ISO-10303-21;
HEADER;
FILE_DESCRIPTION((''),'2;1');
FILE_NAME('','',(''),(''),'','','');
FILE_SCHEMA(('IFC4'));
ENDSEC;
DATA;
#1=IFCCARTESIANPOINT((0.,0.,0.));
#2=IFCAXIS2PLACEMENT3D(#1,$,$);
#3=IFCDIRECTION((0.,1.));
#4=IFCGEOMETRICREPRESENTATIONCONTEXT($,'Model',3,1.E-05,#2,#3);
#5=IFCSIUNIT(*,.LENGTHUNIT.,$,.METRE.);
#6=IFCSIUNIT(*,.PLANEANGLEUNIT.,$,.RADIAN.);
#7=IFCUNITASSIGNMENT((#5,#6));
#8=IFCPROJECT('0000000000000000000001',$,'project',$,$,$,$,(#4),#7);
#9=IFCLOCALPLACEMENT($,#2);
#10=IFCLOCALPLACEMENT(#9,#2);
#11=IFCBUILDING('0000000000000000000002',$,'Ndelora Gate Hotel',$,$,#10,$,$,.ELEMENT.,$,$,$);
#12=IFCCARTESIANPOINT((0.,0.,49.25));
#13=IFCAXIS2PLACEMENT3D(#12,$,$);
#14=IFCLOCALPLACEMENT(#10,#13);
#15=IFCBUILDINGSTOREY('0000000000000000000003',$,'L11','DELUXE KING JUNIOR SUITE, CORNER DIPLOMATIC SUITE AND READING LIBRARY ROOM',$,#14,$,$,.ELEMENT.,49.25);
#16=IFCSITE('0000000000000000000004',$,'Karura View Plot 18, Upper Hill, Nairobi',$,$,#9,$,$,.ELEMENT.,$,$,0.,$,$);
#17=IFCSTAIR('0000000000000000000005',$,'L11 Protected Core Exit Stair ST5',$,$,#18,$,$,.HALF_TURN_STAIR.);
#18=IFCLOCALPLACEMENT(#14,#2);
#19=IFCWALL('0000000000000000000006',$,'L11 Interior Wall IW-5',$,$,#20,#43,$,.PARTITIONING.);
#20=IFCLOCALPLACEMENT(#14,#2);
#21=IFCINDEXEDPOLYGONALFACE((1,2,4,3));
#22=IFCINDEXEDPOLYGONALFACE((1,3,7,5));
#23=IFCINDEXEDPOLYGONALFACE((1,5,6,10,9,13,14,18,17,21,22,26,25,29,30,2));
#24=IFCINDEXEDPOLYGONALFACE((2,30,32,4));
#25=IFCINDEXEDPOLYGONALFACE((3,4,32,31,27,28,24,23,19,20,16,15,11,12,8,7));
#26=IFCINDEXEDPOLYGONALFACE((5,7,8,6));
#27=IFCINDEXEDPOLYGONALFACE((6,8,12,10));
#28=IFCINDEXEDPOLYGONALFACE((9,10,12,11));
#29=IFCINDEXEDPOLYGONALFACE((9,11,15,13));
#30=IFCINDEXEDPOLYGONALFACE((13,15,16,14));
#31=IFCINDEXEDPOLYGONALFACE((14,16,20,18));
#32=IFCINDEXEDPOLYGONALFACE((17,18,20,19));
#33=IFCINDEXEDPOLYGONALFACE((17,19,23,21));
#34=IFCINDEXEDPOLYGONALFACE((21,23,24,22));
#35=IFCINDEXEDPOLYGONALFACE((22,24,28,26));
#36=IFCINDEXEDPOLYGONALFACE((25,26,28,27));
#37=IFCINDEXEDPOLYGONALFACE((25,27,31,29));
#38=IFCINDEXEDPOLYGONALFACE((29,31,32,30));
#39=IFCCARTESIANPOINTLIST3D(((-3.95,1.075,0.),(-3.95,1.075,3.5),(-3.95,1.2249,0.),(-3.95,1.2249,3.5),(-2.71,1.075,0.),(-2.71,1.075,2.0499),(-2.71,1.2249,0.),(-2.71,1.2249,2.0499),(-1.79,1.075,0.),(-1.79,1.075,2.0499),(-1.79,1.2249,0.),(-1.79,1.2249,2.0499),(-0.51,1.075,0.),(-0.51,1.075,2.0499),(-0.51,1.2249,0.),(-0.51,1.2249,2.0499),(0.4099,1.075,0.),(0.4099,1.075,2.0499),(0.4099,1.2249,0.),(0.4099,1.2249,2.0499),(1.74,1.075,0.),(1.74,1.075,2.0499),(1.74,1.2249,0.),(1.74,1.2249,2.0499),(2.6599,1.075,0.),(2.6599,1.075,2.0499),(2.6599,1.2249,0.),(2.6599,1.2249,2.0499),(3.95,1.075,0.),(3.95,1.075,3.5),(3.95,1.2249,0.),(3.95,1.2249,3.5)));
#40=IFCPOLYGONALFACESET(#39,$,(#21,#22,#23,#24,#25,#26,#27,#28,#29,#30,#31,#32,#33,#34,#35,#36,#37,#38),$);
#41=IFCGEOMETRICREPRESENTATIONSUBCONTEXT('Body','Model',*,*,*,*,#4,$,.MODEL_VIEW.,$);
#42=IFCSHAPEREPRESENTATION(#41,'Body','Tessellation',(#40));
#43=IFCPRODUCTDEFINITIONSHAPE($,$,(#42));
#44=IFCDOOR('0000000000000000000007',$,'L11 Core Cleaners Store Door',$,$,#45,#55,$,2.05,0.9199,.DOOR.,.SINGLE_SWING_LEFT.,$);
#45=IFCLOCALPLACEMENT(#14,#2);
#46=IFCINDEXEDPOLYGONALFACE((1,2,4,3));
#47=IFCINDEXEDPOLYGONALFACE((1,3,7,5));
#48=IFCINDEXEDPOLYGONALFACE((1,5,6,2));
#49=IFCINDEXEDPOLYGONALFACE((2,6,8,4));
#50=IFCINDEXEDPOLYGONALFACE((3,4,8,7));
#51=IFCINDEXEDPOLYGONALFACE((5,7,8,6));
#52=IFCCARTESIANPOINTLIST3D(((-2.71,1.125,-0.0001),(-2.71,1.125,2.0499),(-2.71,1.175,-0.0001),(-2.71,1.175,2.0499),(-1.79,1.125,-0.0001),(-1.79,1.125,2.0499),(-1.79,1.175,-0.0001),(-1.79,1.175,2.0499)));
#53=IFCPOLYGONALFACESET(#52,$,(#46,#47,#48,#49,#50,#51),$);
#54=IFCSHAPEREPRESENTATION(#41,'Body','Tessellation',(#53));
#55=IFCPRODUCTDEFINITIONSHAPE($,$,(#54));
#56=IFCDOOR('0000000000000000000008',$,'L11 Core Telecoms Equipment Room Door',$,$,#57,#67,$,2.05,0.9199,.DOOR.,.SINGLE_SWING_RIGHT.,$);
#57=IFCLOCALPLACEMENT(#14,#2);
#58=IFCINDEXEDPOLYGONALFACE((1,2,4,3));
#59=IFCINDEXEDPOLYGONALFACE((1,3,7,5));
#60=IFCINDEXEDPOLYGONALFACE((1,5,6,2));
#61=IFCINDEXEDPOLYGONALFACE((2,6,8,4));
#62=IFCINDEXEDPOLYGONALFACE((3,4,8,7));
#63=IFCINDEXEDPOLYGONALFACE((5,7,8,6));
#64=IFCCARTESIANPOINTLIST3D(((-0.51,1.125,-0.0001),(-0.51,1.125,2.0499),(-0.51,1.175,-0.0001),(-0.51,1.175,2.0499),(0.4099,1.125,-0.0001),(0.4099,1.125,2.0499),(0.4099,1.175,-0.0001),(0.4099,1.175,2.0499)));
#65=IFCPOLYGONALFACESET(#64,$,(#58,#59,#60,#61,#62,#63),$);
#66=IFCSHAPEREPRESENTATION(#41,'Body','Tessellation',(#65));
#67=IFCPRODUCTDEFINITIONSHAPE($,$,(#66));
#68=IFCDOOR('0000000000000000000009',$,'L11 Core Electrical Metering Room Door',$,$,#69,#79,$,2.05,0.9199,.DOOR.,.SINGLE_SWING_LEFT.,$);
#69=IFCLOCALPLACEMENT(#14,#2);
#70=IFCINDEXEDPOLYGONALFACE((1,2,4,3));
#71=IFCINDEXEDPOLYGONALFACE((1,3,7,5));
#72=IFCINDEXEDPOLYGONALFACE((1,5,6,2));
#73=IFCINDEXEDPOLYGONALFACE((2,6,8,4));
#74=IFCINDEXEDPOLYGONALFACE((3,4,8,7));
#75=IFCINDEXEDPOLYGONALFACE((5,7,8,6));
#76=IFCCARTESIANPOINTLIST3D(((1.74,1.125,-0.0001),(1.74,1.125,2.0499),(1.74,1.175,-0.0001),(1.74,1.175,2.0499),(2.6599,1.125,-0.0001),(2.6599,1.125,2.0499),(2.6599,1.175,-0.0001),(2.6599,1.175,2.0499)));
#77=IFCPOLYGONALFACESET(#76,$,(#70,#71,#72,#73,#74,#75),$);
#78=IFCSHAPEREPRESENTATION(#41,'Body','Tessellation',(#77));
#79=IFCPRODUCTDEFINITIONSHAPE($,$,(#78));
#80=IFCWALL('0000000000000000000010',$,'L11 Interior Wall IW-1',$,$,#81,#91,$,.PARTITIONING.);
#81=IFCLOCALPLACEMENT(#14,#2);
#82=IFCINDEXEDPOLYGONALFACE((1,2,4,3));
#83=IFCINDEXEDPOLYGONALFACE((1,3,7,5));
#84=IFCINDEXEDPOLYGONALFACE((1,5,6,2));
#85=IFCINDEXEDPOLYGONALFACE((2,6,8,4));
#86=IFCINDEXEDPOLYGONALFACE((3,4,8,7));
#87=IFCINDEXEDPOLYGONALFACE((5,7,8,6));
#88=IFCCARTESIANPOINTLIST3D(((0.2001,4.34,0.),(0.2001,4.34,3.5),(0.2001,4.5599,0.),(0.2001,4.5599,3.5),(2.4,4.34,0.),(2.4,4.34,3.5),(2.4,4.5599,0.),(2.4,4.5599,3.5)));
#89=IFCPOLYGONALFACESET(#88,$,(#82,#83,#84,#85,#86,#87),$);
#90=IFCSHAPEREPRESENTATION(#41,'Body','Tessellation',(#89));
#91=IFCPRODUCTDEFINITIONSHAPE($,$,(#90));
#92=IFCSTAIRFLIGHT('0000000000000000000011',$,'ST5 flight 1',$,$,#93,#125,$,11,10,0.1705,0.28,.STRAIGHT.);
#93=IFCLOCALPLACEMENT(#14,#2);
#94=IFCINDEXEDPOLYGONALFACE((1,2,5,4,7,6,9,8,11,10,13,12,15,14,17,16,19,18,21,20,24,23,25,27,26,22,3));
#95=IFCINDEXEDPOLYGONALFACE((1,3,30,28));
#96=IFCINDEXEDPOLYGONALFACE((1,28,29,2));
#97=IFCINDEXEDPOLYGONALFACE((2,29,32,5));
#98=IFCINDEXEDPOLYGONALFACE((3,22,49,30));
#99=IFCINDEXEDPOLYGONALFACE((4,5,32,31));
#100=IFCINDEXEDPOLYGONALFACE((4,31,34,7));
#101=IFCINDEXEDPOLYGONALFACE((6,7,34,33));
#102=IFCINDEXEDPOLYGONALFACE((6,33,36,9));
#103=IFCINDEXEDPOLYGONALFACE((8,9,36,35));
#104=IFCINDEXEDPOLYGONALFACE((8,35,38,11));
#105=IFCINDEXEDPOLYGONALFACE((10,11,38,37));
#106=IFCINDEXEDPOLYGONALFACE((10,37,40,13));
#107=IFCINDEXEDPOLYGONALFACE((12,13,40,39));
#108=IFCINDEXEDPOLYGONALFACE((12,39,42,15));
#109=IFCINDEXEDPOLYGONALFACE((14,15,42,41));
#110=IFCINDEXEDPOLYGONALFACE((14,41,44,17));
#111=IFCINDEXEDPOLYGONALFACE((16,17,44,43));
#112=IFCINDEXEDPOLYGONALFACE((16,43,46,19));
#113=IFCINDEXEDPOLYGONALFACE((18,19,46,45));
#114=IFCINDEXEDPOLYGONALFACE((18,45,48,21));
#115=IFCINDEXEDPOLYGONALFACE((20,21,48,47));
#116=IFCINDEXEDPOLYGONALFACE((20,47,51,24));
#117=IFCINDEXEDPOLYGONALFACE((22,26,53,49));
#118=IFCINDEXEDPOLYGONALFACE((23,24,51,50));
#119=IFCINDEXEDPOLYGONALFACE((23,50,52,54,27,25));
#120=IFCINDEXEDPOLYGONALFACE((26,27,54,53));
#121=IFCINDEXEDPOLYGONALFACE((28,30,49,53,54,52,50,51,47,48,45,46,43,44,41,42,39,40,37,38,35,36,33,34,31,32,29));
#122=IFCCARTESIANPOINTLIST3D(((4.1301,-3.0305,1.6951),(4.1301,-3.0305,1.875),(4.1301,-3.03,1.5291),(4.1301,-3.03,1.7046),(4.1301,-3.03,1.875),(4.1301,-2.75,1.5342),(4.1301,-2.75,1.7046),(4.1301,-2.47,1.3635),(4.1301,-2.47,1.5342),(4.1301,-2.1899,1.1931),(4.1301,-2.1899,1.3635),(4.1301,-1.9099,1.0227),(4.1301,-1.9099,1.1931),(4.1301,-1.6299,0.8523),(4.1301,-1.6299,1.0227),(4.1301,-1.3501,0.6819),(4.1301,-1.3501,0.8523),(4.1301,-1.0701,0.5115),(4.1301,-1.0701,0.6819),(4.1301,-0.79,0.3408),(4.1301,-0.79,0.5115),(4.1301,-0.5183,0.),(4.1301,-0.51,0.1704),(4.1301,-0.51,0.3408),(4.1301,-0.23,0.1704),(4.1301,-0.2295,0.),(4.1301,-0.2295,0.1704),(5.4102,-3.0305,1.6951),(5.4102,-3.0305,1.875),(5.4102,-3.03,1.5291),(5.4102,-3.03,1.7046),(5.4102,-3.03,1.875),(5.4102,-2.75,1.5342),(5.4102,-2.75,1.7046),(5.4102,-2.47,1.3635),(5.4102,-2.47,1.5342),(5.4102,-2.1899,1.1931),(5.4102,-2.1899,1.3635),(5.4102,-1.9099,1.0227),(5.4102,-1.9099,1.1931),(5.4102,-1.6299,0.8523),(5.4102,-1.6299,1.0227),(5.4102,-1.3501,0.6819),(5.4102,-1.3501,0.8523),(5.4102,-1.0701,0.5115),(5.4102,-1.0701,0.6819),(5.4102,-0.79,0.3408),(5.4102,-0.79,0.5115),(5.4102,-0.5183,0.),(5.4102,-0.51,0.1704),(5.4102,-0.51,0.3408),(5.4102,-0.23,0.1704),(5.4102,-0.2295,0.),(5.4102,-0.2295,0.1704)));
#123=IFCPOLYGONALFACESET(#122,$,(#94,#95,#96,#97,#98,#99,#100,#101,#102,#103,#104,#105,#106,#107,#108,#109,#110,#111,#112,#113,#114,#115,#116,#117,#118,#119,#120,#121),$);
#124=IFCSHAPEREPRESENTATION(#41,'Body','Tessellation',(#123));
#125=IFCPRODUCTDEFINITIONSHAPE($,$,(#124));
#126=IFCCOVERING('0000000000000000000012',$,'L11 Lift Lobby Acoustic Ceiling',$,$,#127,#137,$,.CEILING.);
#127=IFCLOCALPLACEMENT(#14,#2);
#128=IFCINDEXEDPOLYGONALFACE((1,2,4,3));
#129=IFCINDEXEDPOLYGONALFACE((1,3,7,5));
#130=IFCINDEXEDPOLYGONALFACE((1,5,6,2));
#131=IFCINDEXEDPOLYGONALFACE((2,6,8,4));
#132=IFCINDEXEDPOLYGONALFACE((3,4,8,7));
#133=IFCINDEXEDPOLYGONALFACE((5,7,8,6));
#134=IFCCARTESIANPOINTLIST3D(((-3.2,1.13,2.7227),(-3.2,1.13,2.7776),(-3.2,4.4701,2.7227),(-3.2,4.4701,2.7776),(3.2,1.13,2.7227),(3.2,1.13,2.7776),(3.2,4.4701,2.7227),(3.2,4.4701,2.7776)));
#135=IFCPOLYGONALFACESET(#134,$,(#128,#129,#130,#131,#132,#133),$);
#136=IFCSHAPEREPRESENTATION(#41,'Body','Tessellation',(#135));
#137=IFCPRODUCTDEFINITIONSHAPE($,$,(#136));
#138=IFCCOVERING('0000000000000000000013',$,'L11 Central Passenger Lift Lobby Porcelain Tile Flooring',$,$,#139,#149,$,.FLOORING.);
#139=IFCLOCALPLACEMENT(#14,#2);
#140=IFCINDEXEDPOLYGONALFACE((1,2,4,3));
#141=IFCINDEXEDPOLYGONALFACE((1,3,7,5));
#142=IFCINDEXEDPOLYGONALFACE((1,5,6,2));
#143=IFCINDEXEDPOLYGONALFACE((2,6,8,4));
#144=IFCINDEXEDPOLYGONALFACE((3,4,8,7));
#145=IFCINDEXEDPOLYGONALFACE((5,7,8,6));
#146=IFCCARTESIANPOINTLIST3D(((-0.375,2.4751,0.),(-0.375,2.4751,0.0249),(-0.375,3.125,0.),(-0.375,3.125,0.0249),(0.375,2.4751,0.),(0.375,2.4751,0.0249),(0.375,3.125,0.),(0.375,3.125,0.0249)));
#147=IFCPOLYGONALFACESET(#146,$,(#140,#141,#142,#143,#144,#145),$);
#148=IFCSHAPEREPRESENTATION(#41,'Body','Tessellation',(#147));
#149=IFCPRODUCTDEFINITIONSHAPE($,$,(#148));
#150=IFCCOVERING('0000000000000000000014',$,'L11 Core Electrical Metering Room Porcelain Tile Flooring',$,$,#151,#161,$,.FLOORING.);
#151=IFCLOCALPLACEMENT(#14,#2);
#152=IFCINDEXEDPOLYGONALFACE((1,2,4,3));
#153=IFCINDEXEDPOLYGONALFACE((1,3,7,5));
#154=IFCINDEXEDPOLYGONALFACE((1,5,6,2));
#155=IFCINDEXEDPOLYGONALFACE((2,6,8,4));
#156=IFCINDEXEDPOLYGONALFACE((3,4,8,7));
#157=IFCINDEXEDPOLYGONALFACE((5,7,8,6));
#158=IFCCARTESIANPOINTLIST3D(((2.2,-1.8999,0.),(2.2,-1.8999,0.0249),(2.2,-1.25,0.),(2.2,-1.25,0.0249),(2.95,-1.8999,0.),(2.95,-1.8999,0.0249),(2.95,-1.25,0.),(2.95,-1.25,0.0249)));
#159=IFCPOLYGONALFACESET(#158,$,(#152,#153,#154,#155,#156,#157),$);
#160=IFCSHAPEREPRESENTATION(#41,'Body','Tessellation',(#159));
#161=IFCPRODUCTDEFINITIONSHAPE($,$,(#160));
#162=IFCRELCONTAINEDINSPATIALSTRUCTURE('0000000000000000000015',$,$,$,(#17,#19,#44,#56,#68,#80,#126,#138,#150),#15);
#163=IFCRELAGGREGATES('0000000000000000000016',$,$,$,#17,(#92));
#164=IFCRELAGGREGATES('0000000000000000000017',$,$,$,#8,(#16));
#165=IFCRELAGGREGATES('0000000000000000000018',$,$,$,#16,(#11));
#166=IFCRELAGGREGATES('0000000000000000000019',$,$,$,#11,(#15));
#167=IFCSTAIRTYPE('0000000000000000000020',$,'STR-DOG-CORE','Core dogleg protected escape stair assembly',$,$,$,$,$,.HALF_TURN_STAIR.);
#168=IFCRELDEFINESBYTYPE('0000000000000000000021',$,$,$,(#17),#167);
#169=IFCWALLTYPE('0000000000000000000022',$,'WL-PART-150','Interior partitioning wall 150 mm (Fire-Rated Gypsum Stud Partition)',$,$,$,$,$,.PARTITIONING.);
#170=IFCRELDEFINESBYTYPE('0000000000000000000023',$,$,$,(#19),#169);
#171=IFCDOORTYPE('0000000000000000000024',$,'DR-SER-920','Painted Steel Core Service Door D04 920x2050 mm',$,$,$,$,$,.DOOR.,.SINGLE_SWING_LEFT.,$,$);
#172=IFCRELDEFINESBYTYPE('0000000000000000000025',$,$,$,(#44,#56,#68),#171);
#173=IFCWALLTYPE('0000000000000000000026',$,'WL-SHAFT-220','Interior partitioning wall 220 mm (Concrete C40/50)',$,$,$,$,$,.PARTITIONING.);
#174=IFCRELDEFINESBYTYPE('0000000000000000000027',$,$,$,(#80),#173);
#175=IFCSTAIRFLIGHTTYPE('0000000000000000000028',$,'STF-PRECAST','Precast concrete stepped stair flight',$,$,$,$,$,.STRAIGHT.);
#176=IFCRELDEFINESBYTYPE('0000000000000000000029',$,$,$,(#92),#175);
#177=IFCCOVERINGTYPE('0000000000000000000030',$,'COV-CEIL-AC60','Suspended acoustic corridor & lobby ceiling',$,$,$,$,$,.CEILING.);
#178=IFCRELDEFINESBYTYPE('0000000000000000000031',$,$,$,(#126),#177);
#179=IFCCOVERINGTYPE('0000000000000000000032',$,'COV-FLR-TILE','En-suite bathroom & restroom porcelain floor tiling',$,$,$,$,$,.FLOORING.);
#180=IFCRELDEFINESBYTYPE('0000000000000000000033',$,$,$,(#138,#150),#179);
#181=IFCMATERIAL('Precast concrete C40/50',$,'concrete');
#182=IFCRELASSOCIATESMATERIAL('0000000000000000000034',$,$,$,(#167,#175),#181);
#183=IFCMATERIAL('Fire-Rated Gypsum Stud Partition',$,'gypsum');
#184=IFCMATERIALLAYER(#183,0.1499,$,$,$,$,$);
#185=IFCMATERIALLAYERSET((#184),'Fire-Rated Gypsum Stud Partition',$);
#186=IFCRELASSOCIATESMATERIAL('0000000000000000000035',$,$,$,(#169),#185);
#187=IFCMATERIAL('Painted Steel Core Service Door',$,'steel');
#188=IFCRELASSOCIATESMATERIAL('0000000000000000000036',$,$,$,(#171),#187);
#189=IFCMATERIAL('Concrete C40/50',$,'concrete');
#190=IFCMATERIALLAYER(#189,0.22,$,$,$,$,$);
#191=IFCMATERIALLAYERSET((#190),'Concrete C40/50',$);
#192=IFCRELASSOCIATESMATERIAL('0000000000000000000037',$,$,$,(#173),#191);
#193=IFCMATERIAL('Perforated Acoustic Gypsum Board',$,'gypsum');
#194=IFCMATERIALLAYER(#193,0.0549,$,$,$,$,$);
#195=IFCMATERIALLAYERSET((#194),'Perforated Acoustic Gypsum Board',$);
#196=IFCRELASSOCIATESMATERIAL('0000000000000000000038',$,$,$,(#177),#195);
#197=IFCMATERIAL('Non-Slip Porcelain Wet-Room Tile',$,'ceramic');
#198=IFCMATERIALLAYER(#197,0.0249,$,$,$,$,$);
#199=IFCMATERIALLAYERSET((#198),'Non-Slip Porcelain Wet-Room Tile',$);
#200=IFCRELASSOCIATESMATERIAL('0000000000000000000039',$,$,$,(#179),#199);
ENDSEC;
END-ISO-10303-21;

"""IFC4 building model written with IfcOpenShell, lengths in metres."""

from ifc_helpers import new_model, si_unit, direction, frame, frame_2d, origin, origin_2d, place, context, subcontext, project, spatial, polyline, rectangle, outline, extrude, material, layer, layer_set, type_object, element, fill, aggregate, save


model = new_model("IFC4")

# Units and contexts
model_context = context("Model", 3, precision=1e-05, world=origin(), true_north=direction((0.0, 1.0)))
body_context = subcontext(model_context, "Body", "Model", "MODEL_VIEW")
ifc_project = project(units=[si_unit("LENGTHUNIT", "METRE"), si_unit("PLANEANGLEUNIT", "RADIAN")], contexts=[model_context])

# Site, building, storey
site_placement = place(None, origin())
site = spatial("IfcSite", under=ifc_project, at=site_placement, Name="Karura View Plot 18, Upper Hill, Nairobi", CompositionType="ELEMENT", RefElevation=0.0)
building_placement = place(site_placement, origin())
building = spatial("IfcBuilding", under=site, at=building_placement, Name="Ndelora Gate Hotel", CompositionType="ELEMENT")
storey_placement = place(building_placement, frame((0.0, 0.0, 49.25)))
storey = spatial("IfcBuildingStorey", under=building, at=storey_placement, Name="L11", Description="DELUXE KING JUNIOR SUITE, CORNER DIPLOMATIC SUITE AND READING LIBRARY ROOM", CompositionType="ELEMENT", Elevation=49.25)

# Stair
ifc_material_1 = material(Name="Precast concrete C40/50", Category="concrete")
stair_type = type_object("IfcStairType", Name="STR-DOG-CORE", Description="Core dogleg protected escape stair assembly", PredefinedType="HALF_TURN_STAIR", material=ifc_material_1)
stair_1_placement = place(storey_placement, origin())
stair_1 = element("IfcStair", 1, at=stair_1_placement, inside=storey, type_object=stair_type, Name="L11 Protected Core Exit Stair ST5", PredefinedType="HALF_TURN_STAIR")

# Shared definitions
ifc_material_2 = material(Name="Concrete C40/50", Category="concrete")

# Wall, openings, doors
ifc_material_3 = material(Name="Fire-Rated Gypsum Stud Partition", Category="gypsum")
ifc_layer_1 = layer(ifc_material_3, 0.1499)
ifc_layer_set_1 = layer_set([ifc_layer_1], Name="Fire-Rated Gypsum Stud Partition")
wall_type_1 = type_object("IfcWallType", Name="WL-PART-150", Description="Interior partitioning wall 150 mm (Fire-Rated Gypsum Stud Partition)", PredefinedType="PARTITIONING", material=ifc_layer_set_1)
wall_1_placement = place(storey_placement, frame((3.95, 1.1499, 0.0), z_axis=(0.0, 0.0, 1.0), x_axis=(-1.0, 0.0, 0.0)))
wall_1 = element("IfcWall", 2, at=wall_1_placement, inside=storey, type_object=wall_type_1, Name="L11 Interior Wall IW-5", PredefinedType="PARTITIONING", context=body_context, shape_type="SweptSolid", body=[
    extrude(rectangle(XDim=7.8999, YDim=0.1499, at=frame_2d((3.95, 0.0))), origin(), (0.0, 0.0, 1.0), 3.5),
])
opening_1_placement = place(wall_1_placement, frame((5.74, 0.0, 0.0)))
opening_1 = element("IfcOpeningElement", 3, at=opening_1_placement, cuts=wall_1, PredefinedType="OPENING", context=body_context, shape_type="SweptSolid", body=[
    extrude(rectangle(XDim=0.9199, YDim=2.05, at=frame_2d((0.46, 1.0249))), frame((0.0, 0.085, 0.0), z_axis=(0.0, -1.0, 0.0), x_axis=(1.0, 0.0, 0.0)), (0.0, 0.0, 1.0), 0.1699),
])
opening_2_placement = place(wall_1_placement, frame((3.54, 0.0, 0.0)))
opening_2 = element("IfcOpeningElement", 4, at=opening_2_placement, cuts=wall_1, PredefinedType="OPENING", context=body_context, shape_type="SweptSolid", body=[
    extrude(rectangle(XDim=0.9199, YDim=2.05, at=frame_2d((0.46, 1.0249))), frame((0.0, 0.085, 0.0), z_axis=(0.0, -1.0, 0.0), x_axis=(1.0, 0.0, 0.0)), (0.0, 0.0, 1.0), 0.1699),
])
opening_3_placement = place(wall_1_placement, frame((1.29, 0.0, 0.0)))
opening_3 = element("IfcOpeningElement", 5, at=opening_3_placement, cuts=wall_1, PredefinedType="OPENING", context=body_context, shape_type="SweptSolid", body=[
    extrude(rectangle(XDim=0.9199, YDim=2.05, at=frame_2d((0.46, 1.0249))), frame((0.0, 0.085, 0.0), z_axis=(0.0, -1.0, 0.0), x_axis=(1.0, 0.0, 0.0)), (0.0, 0.0, 1.0), 0.1699),
])
ifc_material_4 = material(Name="Painted Steel Core Service Door", Category="steel")
door_type_1 = type_object("IfcDoorType", Name="DR-SER-920", Description="Painted Steel Core Service Door D04 920x2050 mm", OperationType="SINGLE_SWING_LEFT", PredefinedType="DOOR", material=ifc_material_4)
door_1_placement = place(opening_1_placement, origin())
door_1 = element("IfcDoor", 6, at=door_1_placement, inside=storey, type_object=door_type_1, Name="L11 Core Cleaners Store Door", OperationType="SINGLE_SWING_LEFT", OverallHeight=2.05, OverallWidth=0.9199, PredefinedType="DOOR", context=body_context, shape_type="SweptSolid", body=[
    extrude(rectangle(XDim=0.9199, YDim=2.05, at=frame_2d((0.46, 1.0249))), frame((0.0, 0.0249, 0.0), z_axis=(0.0, -1.0, 0.0), x_axis=(1.0, 0.0, 0.0)), (0.0, 0.0, 1.0), 0.05),
])
fill(opening_1, door_1)
door_2_placement = place(opening_2_placement, origin())
door_2 = element("IfcDoor", 7, at=door_2_placement, inside=storey, type_object=door_type_1, Name="L11 Core Telecoms Equipment Room Door", OperationType="SINGLE_SWING_RIGHT", OverallHeight=2.05, OverallWidth=0.9199, PredefinedType="DOOR", context=body_context, shape_type="SweptSolid", body=[
    extrude(rectangle(XDim=0.9199, YDim=2.05, at=frame_2d((0.46, 1.0249))), frame((0.0, 0.0249, 0.0), z_axis=(0.0, -1.0, 0.0), x_axis=(1.0, 0.0, 0.0)), (0.0, 0.0, 1.0), 0.05),
])
fill(opening_2, door_2)
door_3_placement = place(opening_3_placement, origin())
door_3 = element("IfcDoor", 8, at=door_3_placement, inside=storey, type_object=door_type_1, Name="L11 Core Electrical Metering Room Door", OperationType="SINGLE_SWING_LEFT", OverallHeight=2.05, OverallWidth=0.9199, PredefinedType="DOOR", context=body_context, shape_type="SweptSolid", body=[
    extrude(rectangle(XDim=0.9199, YDim=2.05, at=frame_2d((0.46, 1.0249))), frame((0.0, 0.0249, 0.0), z_axis=(0.0, -1.0, 0.0), x_axis=(1.0, 0.0, 0.0)), (0.0, 0.0, 1.0), 0.05),
])
fill(opening_3, door_3)

# Shared definitions
ifc_layer_2 = layer(ifc_material_2, 0.22)
ifc_layer_set_2 = layer_set([ifc_layer_2], Name="Concrete C40/50")
wall_type_2 = type_object("IfcWallType", Name="WL-SHAFT-220", Description="Interior partitioning wall 220 mm (Concrete C40/50)", PredefinedType="PARTITIONING", material=ifc_layer_set_2)

# Wall
wall_2_placement = place(storey_placement, frame((0.2, 4.45, 0.0), z_axis=(0.0, 0.0, 1.0), x_axis=(1.0, 0.0, 0.0)))
element("IfcWall", 9, at=wall_2_placement, inside=storey, type_object=wall_type_2, Name="L11 Interior Wall IW-1", PredefinedType="PARTITIONING", context=body_context, shape_type="SweptSolid", body=[
    extrude(rectangle(XDim=2.2, YDim=0.22, at=frame_2d((1.1001, 0.0))), origin(), (0.0, 0.0, 1.0), 3.5),
])

# Stair flight
stair_flight_type = type_object("IfcStairFlightType", Name="STF-PRECAST", Description="Precast concrete stepped stair flight", PredefinedType="STRAIGHT", material=ifc_material_1)
stair_flight_placement = place(storey_placement, frame((4.77, -0.23, 0.0), z_axis=(0.0, 0.0, 1.0), x_axis=(0.0, -1.0, 0.0)))
stair_flight = element("IfcStairFlight", 10, at=stair_flight_placement, type_object=stair_flight_type, Name="ST5 flight 1", NumberOfRisers=11, NumberOfTreads=10, PredefinedType="STRAIGHT", RiserHeight=0.1705, TreadLength=0.28, context=body_context, shape_type="SweptSolid", body=[
    extrude(outline(polyline([(-0.0005, 0.0), (-0.0005, 0.1704), (0.0, 0.1704), (0.28, 0.1704), (0.28, 0.3408), (0.5601, 0.3408), (0.5601, 0.5115), (0.8401, 0.5115), (0.8401, 0.6819), (1.1201, 0.6819), (1.1201, 0.8523), (1.3999, 0.8523), (1.3999, 1.0227), (1.6799, 1.0227), (1.6799, 1.1931), (1.96, 1.1931), (1.96, 1.3635), (2.24, 1.3635), (2.24, 1.5342), (2.52, 1.5342), (2.52, 1.7046), (2.8, 1.7046), (2.8, 1.875), (2.8005, 1.875), (2.8005, 1.6951), (2.8, 1.5291), (0.2883, 0.0), (-0.0005, 0.0)])), frame((0.0, 0.6401, 0.0), z_axis=(0.0, -1.0, 0.0), x_axis=(1.0, 0.0, 0.0)), (0.0, 0.0, 1.0), 1.28),
])
aggregate(stair_1, [stair_flight])

# Coverings
ifc_material_5 = material(Name="Perforated Acoustic Gypsum Board", Category="gypsum")
ifc_layer_3 = layer(ifc_material_5, 0.0549)
ifc_layer_set_3 = layer_set([ifc_layer_3], Name="Perforated Acoustic Gypsum Board")
covering_type_1 = type_object("IfcCoveringType", Name="COV-CEIL-AC60", Description="Suspended acoustic corridor & lobby ceiling", PredefinedType="CEILING", material=ifc_layer_set_3)
covering_placement = place(storey_placement, frame((0.0, 2.8, 2.7227), z_axis=(0.0, 0.0, 1.0), x_axis=(1.0, 0.0, 0.0)))
element("IfcCovering", 11, at=covering_placement, inside=storey, type_object=covering_type_1, Name="L11 Lift Lobby Acoustic Ceiling", PredefinedType="CEILING", context=body_context, shape_type="SweptSolid", body=[
    extrude(rectangle(XDim=6.3999, YDim=3.3401, at=origin_2d()), origin(), (0.0, 0.0, 1.0), 0.0549),
])
ifc_material_6 = material(Name="Non-Slip Porcelain Wet-Room Tile", Category="ceramic")
ifc_layer_4 = layer(ifc_material_6, 0.0249)
ifc_layer_set_4 = layer_set([ifc_layer_4], Name="Non-Slip Porcelain Wet-Room Tile")
covering_type_2 = type_object("IfcCoveringType", Name="COV-FLR-TILE", Description="En-suite bathroom & restroom porcelain floor tiling", PredefinedType="FLOORING", material=ifc_layer_set_4)
for number, where, z_axis, x_axis, name in (
    (12, (0.0, 2.8, 0.0), (0.0, 0.0, 1.0), (1.0, 0.0, 0.0), "L11 Central Passenger Lift Lobby Porcelain Tile Flooring"),
    (13, (2.575, -1.575, 0.0), (0.0, 0.0, 1.0), (1.0, 0.0, 0.0), "L11 Core Electrical Metering Room Porcelain Tile Flooring"),
):
    element("IfcCovering", number, at=place(storey_placement, frame(where, z_axis=z_axis, x_axis=x_axis)), inside=storey, type_object=covering_type_2, Name=name, PredefinedType="FLOORING", context=body_context, shape_type="SweptSolid", body=[
        extrude(rectangle(XDim=0.75, YDim=0.6499, at=origin_2d()), origin(), (0.0, 0.0, 1.0), 0.0249),
    ])

save(model, "model.ifc")
